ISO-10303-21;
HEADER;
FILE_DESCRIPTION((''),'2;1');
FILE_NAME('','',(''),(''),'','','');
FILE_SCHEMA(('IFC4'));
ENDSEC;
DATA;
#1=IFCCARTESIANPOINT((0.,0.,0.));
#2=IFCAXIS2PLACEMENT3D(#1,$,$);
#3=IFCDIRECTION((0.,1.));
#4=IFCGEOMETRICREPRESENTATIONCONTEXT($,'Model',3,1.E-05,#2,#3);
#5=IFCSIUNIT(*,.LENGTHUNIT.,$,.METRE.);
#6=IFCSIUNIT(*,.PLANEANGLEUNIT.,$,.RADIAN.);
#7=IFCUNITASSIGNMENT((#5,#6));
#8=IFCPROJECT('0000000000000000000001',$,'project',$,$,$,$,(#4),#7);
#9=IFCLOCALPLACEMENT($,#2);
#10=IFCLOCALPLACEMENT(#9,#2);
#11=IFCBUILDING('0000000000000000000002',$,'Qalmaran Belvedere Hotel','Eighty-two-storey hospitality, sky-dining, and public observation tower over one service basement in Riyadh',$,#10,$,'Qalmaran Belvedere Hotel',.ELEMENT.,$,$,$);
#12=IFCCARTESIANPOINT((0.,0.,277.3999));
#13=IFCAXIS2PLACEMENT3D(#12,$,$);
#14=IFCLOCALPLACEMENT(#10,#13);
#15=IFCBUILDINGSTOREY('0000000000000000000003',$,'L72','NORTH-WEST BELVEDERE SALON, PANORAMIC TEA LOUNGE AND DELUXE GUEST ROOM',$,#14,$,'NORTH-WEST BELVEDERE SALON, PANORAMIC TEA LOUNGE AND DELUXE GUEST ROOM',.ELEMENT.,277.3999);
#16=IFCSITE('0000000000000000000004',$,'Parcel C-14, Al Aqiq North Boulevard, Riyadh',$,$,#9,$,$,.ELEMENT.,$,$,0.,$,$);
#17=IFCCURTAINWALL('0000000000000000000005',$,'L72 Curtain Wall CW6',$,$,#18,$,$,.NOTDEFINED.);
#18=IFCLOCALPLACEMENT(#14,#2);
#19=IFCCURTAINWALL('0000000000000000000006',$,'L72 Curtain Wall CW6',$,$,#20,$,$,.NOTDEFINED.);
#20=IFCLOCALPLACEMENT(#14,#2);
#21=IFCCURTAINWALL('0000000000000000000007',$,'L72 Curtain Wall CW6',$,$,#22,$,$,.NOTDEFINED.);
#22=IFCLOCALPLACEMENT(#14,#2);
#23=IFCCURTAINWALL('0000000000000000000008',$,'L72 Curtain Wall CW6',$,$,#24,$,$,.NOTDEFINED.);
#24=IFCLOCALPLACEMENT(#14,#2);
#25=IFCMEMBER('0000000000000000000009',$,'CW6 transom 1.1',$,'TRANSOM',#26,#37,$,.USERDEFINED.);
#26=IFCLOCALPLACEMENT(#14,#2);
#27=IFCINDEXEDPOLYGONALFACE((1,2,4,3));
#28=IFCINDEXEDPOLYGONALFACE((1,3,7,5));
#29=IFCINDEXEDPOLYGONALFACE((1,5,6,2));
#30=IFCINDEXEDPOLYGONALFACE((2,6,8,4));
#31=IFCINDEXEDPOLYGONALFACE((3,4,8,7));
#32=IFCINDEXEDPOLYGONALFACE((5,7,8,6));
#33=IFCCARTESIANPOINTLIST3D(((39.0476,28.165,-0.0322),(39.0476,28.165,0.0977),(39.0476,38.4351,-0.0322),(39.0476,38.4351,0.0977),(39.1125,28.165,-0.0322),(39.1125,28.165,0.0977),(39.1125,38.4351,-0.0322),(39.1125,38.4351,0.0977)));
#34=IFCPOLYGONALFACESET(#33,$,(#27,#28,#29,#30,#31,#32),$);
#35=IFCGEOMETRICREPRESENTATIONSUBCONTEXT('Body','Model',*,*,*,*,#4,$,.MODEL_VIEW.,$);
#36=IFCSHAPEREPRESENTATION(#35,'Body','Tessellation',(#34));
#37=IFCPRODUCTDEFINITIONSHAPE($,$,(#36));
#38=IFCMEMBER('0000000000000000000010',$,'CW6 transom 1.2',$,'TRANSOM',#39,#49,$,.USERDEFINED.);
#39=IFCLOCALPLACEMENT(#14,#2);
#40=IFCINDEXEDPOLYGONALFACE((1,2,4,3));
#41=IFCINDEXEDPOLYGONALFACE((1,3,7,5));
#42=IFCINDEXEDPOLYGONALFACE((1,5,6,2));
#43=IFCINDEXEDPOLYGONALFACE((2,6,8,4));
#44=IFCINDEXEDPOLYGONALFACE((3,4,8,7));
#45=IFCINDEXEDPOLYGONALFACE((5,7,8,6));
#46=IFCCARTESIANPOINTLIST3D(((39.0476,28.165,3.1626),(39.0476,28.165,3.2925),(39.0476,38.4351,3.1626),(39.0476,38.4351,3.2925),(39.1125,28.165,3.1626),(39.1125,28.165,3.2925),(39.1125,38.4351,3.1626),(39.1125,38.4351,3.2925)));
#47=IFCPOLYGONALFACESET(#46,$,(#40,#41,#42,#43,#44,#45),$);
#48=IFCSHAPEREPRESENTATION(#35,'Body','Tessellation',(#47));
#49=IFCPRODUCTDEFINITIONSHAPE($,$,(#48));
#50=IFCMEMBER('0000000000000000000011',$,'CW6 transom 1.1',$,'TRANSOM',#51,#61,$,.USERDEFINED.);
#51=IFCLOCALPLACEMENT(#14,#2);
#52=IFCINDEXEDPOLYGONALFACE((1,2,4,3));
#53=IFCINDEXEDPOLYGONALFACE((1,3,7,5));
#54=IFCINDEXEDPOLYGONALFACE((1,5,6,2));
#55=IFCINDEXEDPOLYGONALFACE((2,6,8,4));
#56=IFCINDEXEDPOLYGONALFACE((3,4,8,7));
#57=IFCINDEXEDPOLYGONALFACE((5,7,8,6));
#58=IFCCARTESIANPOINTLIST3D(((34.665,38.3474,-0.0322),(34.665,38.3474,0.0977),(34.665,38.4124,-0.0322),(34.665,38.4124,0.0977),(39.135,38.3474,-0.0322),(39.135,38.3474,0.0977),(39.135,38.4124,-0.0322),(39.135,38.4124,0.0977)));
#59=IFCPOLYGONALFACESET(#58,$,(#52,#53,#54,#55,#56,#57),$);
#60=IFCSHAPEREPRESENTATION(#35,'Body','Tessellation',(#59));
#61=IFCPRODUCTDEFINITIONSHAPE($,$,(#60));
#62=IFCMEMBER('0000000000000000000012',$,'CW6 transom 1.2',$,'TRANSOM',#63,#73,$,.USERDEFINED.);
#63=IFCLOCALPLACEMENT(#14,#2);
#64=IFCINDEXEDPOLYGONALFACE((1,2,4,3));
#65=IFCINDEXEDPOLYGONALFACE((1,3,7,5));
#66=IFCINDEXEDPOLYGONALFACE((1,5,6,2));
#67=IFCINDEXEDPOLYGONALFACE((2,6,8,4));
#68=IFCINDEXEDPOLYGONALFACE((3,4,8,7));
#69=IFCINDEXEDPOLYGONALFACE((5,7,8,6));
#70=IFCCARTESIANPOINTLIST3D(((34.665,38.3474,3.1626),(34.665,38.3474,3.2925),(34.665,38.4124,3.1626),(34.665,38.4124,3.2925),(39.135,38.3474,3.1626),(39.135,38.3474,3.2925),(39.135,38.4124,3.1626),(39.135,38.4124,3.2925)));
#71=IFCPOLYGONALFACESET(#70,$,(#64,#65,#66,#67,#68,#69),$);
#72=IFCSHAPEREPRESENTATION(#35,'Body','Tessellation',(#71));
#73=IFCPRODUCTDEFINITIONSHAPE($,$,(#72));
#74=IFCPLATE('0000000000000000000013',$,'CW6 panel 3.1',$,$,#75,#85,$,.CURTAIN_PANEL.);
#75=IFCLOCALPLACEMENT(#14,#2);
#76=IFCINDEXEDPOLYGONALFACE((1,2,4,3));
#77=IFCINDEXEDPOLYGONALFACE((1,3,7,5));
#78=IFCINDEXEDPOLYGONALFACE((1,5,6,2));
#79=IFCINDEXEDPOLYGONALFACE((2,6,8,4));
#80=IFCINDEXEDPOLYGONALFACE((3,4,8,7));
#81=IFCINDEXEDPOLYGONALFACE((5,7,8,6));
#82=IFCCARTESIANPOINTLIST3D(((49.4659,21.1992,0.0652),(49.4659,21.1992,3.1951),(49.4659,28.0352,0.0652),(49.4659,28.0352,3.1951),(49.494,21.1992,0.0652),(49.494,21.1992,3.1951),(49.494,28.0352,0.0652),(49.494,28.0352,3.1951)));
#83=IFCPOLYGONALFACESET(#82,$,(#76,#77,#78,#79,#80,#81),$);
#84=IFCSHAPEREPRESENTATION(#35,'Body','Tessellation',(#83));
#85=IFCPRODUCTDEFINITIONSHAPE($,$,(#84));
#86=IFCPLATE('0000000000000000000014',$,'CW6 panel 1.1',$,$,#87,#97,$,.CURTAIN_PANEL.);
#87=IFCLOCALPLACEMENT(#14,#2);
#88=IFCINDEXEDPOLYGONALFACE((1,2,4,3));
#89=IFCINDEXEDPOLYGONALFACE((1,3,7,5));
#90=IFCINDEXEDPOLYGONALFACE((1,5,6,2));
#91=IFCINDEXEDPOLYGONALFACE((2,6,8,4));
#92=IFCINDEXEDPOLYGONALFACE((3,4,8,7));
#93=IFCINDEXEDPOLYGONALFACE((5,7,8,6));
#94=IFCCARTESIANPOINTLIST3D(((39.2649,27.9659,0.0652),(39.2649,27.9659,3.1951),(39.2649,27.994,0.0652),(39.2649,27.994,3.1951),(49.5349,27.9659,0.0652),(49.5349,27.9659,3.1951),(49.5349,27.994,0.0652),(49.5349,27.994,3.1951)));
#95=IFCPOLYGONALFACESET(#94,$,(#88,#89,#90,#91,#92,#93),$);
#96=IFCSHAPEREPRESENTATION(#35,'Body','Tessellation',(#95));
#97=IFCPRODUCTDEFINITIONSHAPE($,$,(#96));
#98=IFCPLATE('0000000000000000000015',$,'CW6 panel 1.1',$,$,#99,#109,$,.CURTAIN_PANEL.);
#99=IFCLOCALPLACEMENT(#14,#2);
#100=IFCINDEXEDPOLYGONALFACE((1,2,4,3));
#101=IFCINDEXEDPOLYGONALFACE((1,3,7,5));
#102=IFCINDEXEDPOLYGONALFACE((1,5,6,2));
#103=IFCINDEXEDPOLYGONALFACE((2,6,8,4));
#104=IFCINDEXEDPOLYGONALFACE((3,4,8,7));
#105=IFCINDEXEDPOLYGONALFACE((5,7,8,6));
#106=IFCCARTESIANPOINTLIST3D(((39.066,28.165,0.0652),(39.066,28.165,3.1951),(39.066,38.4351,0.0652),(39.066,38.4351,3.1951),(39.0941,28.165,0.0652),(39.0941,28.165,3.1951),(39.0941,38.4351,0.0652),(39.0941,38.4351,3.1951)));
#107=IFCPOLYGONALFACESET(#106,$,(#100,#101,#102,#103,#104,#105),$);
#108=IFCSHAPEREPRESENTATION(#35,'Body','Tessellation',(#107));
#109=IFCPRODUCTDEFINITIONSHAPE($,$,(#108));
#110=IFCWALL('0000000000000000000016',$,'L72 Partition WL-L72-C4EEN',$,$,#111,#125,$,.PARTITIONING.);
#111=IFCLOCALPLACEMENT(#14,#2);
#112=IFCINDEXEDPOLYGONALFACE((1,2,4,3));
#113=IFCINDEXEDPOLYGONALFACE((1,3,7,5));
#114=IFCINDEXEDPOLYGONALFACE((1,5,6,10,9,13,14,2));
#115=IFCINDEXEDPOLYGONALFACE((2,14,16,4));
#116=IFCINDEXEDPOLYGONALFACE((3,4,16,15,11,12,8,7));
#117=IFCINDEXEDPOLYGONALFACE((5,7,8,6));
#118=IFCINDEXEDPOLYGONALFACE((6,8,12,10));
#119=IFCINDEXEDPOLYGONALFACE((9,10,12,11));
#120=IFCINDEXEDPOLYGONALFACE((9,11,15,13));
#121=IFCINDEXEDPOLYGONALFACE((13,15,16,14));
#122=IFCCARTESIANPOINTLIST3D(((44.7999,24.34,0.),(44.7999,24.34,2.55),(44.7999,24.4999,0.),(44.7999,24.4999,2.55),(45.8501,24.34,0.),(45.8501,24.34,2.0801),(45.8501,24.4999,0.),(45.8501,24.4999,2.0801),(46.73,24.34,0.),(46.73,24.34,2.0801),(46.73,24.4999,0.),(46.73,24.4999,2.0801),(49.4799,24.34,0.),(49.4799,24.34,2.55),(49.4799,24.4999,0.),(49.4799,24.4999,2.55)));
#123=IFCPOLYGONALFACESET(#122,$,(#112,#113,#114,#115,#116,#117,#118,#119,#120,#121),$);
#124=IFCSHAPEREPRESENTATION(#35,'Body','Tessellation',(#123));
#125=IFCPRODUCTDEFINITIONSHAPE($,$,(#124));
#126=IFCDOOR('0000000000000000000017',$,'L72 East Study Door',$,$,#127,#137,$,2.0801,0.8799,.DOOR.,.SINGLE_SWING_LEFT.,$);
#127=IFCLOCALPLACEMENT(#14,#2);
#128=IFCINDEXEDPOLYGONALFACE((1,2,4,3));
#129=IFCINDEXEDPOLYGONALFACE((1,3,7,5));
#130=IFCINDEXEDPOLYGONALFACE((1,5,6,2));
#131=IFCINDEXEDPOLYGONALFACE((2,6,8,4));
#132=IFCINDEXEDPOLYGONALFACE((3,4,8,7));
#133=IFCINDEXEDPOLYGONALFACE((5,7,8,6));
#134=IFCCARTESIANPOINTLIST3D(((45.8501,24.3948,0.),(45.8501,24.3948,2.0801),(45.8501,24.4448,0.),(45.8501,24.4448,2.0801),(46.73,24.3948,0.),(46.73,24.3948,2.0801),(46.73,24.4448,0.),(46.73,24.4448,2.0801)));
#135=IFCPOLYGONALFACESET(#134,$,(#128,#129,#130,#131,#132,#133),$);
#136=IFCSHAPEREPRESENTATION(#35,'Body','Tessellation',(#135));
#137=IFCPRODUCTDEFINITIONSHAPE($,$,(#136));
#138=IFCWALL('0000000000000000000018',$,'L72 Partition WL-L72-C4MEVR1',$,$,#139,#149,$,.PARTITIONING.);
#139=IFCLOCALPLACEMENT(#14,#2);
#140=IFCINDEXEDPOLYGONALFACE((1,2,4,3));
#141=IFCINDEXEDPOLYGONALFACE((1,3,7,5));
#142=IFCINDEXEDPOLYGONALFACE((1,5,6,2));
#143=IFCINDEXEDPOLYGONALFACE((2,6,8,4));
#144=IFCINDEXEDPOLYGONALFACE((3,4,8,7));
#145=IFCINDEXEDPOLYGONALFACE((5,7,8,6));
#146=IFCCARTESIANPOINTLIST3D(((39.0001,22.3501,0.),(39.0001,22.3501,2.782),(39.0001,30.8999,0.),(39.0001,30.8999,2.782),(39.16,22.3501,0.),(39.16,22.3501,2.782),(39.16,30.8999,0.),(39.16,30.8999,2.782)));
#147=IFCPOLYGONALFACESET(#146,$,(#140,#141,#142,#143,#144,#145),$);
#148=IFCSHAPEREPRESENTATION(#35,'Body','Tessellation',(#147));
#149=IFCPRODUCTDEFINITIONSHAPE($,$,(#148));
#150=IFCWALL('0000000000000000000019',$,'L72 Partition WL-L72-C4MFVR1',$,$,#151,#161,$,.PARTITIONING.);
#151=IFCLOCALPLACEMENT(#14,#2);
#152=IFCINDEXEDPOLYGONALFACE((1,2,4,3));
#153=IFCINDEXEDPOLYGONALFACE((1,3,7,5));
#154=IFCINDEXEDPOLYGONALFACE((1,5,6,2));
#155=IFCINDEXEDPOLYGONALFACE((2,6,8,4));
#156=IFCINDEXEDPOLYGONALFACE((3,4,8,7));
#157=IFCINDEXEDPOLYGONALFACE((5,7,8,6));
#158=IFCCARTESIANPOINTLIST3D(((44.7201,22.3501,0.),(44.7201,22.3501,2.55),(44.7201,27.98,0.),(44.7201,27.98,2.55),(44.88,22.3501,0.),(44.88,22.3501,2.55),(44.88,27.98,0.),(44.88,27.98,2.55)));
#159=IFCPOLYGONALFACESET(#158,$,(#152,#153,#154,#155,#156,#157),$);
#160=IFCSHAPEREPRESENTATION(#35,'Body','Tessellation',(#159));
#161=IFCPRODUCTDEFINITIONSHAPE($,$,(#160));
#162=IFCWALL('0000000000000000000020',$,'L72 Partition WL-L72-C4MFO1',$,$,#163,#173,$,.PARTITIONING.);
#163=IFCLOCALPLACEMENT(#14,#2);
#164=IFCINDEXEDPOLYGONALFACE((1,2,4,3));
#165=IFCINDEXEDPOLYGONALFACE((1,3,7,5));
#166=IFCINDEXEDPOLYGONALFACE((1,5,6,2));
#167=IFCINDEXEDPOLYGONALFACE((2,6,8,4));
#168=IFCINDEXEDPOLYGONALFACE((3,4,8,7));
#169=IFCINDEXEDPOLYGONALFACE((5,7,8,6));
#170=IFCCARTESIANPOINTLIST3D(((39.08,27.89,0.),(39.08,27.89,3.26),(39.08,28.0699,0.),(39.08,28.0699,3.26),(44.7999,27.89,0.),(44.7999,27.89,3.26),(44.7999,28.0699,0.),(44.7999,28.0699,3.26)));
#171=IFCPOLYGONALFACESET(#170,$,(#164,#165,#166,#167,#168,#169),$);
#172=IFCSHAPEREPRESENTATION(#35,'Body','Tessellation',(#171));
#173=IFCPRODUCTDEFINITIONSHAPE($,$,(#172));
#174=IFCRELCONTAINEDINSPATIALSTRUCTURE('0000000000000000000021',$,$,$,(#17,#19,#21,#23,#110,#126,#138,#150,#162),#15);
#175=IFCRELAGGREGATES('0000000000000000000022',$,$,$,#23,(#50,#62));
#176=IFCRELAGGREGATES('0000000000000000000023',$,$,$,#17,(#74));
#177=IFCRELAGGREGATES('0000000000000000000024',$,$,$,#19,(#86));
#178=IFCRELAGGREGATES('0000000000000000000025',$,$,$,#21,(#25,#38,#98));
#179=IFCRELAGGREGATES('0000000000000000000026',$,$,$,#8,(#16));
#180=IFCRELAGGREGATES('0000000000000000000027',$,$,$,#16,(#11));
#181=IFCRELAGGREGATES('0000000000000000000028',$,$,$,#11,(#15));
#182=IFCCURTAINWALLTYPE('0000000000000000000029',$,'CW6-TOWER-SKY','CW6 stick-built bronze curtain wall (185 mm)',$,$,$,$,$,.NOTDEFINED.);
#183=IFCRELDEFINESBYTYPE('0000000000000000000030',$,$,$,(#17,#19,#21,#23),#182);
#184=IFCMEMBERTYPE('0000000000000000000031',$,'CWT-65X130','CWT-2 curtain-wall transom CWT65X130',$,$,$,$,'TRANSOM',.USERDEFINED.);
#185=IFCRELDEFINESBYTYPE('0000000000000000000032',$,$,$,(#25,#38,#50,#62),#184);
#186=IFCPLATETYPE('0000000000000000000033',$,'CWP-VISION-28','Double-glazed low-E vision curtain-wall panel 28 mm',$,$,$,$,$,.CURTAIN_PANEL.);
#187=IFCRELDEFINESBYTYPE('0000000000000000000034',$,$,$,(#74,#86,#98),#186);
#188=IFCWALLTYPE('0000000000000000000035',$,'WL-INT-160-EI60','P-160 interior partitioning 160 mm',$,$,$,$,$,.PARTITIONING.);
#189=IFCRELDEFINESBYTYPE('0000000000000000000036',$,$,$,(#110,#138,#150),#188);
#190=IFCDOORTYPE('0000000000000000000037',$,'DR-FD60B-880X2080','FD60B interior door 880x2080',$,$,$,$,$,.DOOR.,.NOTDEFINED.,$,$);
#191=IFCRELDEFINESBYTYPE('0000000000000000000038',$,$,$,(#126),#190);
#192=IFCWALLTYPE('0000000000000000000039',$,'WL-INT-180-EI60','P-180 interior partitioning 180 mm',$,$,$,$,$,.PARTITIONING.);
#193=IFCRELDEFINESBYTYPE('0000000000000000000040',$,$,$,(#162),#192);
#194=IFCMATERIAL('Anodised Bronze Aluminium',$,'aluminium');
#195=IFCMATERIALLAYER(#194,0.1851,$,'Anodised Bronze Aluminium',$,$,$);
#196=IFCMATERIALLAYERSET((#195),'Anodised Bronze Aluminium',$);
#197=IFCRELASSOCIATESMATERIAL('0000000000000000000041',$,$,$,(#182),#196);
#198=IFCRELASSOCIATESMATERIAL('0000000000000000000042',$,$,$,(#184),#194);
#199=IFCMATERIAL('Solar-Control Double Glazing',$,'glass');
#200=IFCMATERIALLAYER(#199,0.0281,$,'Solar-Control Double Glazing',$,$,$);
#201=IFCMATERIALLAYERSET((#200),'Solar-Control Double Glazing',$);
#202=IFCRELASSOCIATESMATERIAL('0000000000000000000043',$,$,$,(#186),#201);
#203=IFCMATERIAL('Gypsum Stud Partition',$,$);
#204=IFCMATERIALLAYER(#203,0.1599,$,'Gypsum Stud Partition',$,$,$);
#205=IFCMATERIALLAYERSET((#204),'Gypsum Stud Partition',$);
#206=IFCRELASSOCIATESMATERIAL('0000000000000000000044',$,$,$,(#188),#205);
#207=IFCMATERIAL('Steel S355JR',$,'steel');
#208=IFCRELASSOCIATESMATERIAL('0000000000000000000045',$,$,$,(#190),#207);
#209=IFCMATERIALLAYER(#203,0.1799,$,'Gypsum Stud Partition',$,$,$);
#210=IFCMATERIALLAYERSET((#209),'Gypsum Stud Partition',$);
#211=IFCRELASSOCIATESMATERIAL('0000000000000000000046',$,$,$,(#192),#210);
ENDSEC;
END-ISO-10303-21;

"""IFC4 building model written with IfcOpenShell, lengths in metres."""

from ifc_helpers import new_model, si_unit, direction, frame, frame_2d, origin, origin_2d, place, context, subcontext, project, spatial, rectangle, extrude, material, layer, layer_set, material_profile, profile_set, type_object, element, fill, aggregate, save


model = new_model("IFC4")

# Units and contexts
model_context = context("Model", 3, precision=1e-05, world=origin(), true_north=direction((0.0, 1.0)))
body_context = subcontext(model_context, "Body", "Model", "MODEL_VIEW")
ifc_project = project(units=[si_unit("LENGTHUNIT", "METRE"), si_unit("PLANEANGLEUNIT", "RADIAN")], contexts=[model_context])

# Site, building, storey
site_placement = place(None, origin())
site = spatial("IfcSite", under=ifc_project, at=site_placement, Name="Parcel C-14, Al Aqiq North Boulevard, Riyadh", CompositionType="ELEMENT", RefElevation=0.0)
building_placement = place(site_placement, origin())
building = spatial("IfcBuilding", under=site, at=building_placement, Name="Qalmaran Belvedere Hotel", Description="Eighty-two-storey hospitality, sky-dining, and public observation tower over one service basement in Riyadh", LongName="Qalmaran Belvedere Hotel", CompositionType="ELEMENT")
storey_placement = place(building_placement, frame((0.0, 0.0, 277.3999)))
storey = spatial("IfcBuildingStorey", under=building, at=storey_placement, Name="L72", Description="NORTH-WEST BELVEDERE SALON, PANORAMIC TEA LOUNGE AND DELUXE GUEST ROOM", LongName="NORTH-WEST BELVEDERE SALON, PANORAMIC TEA LOUNGE AND DELUXE GUEST ROOM", CompositionType="ELEMENT", Elevation=277.3999)

# Shared definitions
ifc_material_1 = material(Name="Steel S355JR", Category="steel")

# Curtain walls
ifc_material_2 = material(Name="Anodised Bronze Aluminium", Category="aluminium")
ifc_layer_1 = layer(ifc_material_2, 0.1851, Name="Anodised Bronze Aluminium")
ifc_layer_set_1 = layer_set([ifc_layer_1], Name="Anodised Bronze Aluminium")
curtain_wall_type = type_object("IfcCurtainWallType", Name="CW6-TOWER-SKY", Description="CW6 stick-built bronze curtain wall (185 mm)", PredefinedType="NOTDEFINED", material=ifc_layer_set_1)
curtain_wall_1_placement = place(storey_placement, origin())
curtain_wall_1 = element("IfcCurtainWall", 1, at=curtain_wall_1_placement, inside=storey, type_object=curtain_wall_type, Name="L72 Curtain Wall CW6", PredefinedType="NOTDEFINED")
curtain_wall_2_placement = place(storey_placement, origin())
curtain_wall_2 = element("IfcCurtainWall", 2, at=curtain_wall_2_placement, inside=storey, type_object=curtain_wall_type, Name="L72 Curtain Wall CW6", PredefinedType="NOTDEFINED")
curtain_wall_3_placement = place(storey_placement, origin())
curtain_wall_3 = element("IfcCurtainWall", 3, at=curtain_wall_3_placement, inside=storey, type_object=curtain_wall_type, Name="L72 Curtain Wall CW6", PredefinedType="NOTDEFINED")

# Curtain wall
curtain_wall_4_placement = place(storey_placement, origin())
curtain_wall_4 = element("IfcCurtainWall", 4, at=curtain_wall_4_placement, inside=storey, type_object=curtain_wall_type, Name="L72 Curtain Wall CW6", PredefinedType="NOTDEFINED")

# Members
ifc_material_profile_1 = material_profile(ifc_material_2, rectangle(XDim=0.0649, YDim=0.1299, at=origin_2d()), Name="CWT65X130")
ifc_profile_set_1 = profile_set([ifc_material_profile_1], Name="Anodised Bronze Aluminium")
member_type_1 = type_object("IfcMemberType", Name="CWT-65X130", Description="CWT-2 curtain-wall transom CWT65X130", ElementType="TRANSOM", PredefinedType="USERDEFINED", material=ifc_profile_set_1)
member_1_placement = place(storey_placement, frame((39.0801, 28.165, 0.0327), z_axis=(0.0, 1.0, 0.0), x_axis=(-1.0, 0.0, 0.0)))
member_1 = element("IfcMember", 5, at=member_1_placement, type_object=member_type_1, Name="CW6 transom 1.1", ObjectType="TRANSOM", PredefinedType="USERDEFINED", context=body_context, shape_type="SweptSolid", body=[
    extrude(rectangle(XDim=0.0649, YDim=0.1299, at=origin_2d()), origin(), (0.0, 0.0, 1.0), 10.27),
])
member_2_placement = place(storey_placement, frame((39.0801, 28.165, 3.2275), z_axis=(0.0, 1.0, 0.0), x_axis=(-1.0, 0.0, 0.0)))
member_2 = element("IfcMember", 6, at=member_2_placement, type_object=member_type_1, Name="CW6 transom 1.2", ObjectType="TRANSOM", PredefinedType="USERDEFINED", context=body_context, shape_type="SweptSolid", body=[
    extrude(rectangle(XDim=0.0649, YDim=0.1299, at=origin_2d()), origin(), (0.0, 0.0, 1.0), 10.27),
])
member_3_placement = place(storey_placement, frame((39.135, 38.3799, 0.0327), z_axis=(-1.0, 0.0, 0.0), x_axis=(0.0, -1.0, 0.0)))
member_3 = element("IfcMember", 7, at=member_3_placement, type_object=member_type_1, Name="CW6 transom 1.1", ObjectType="TRANSOM", PredefinedType="USERDEFINED", context=body_context, shape_type="SweptSolid", body=[
    extrude(rectangle(XDim=0.0649, YDim=0.1299, at=origin_2d()), origin(), (0.0, 0.0, 1.0), 4.47),
])
member_4_placement = place(storey_placement, frame((39.135, 38.3799, 3.2275), z_axis=(-1.0, 0.0, 0.0), x_axis=(0.0, -1.0, 0.0)))
member_4 = element("IfcMember", 8, at=member_4_placement, type_object=member_type_1, Name="CW6 transom 1.2", ObjectType="TRANSOM", PredefinedType="USERDEFINED", context=body_context, shape_type="SweptSolid", body=[
    extrude(rectangle(XDim=0.0649, YDim=0.1299, at=origin_2d()), origin(), (0.0, 0.0, 1.0), 4.47),
])
aggregate(curtain_wall_4, [member_3, member_4])

# Plates
ifc_material_3 = material(Name="Solar-Control Double Glazing", Category="glass")
ifc_layer_2 = layer(ifc_material_3, 0.0281, Name="Solar-Control Double Glazing")
ifc_layer_set_2 = layer_set([ifc_layer_2], Name="Solar-Control Double Glazing")
plate_type = type_object("IfcPlateType", Name="CWP-VISION-28", Description="Double-glazed low-E vision curtain-wall panel 28 mm", PredefinedType="CURTAIN_PANEL", material=ifc_layer_set_2)
plate_1_placement = place(storey_placement, frame((49.48, 24.6172, 0.0652), z_axis=(0.0, 0.0, 1.0), x_axis=(0.0, 1.0, 0.0)))
plate_1 = element("IfcPlate", 9, at=plate_1_placement, type_object=plate_type, Name="CW6 panel 3.1", PredefinedType="CURTAIN_PANEL", context=body_context, shape_type="SweptSolid", body=[
    extrude(rectangle(XDim=6.8359, YDim=0.0281, at=origin_2d()), origin(), (0.0, 0.0, 1.0), 3.1299),
])
aggregate(curtain_wall_1, [plate_1])
plate_2_placement = place(storey_placement, frame((44.3999, 27.98, 0.0652), z_axis=(0.0, 0.0, 1.0), x_axis=(-1.0, 0.0, 0.0)))
plate_2 = element("IfcPlate", 10, at=plate_2_placement, type_object=plate_type, Name="CW6 panel 1.1", PredefinedType="CURTAIN_PANEL", context=body_context, shape_type="SweptSolid", body=[
    extrude(rectangle(XDim=10.27, YDim=0.0281, at=origin_2d()), origin(), (0.0, 0.0, 1.0), 3.1299),
])
aggregate(curtain_wall_2, [plate_2])
plate_3_placement = place(storey_placement, frame((39.0801, 33.3, 0.0652), z_axis=(0.0, 0.0, 1.0), x_axis=(0.0, 1.0, 0.0)))
plate_3 = element("IfcPlate", 11, at=plate_3_placement, type_object=plate_type, Name="CW6 panel 1.1", PredefinedType="CURTAIN_PANEL", context=body_context, shape_type="SweptSolid", body=[
    extrude(rectangle(XDim=10.27, YDim=0.0281, at=origin_2d()), origin(), (0.0, 0.0, 1.0), 3.1299),
])
aggregate(curtain_wall_3, [member_1, member_2, plate_3])

# Wall, opening, door
ifc_material_4 = material(Name="Gypsum Stud Partition")
ifc_layer_3 = layer(ifc_material_4, 0.1599, Name="Gypsum Stud Partition")
ifc_layer_set_3 = layer_set([ifc_layer_3], Name="Gypsum Stud Partition")
wall_type_1 = type_object("IfcWallType", Name="WL-INT-160-EI60", Description="P-160 interior partitioning 160 mm", PredefinedType="PARTITIONING", material=ifc_layer_set_3)
wall_1_placement = place(storey_placement, frame((44.8, 24.4199, 0.0), z_axis=(0.0, 0.0, 1.0), x_axis=(1.0, 0.0, 0.0)))
wall_1 = element("IfcWall", 12, at=wall_1_placement, inside=storey, type_object=wall_type_1, Name="L72 Partition WL-L72-C4EEN", PredefinedType="PARTITIONING", context=body_context, shape_type="SweptSolid", body=[
    extrude(rectangle(XDim=4.6799, YDim=0.1599, at=frame_2d((2.3398, 0.0))), origin(), (0.0, 0.0, 1.0), 2.55),
])
opening_1_placement = place(wall_1_placement, frame((1.05, 0.0, 0.0)))
opening_1 = element("IfcOpeningElement", 13, at=opening_1_placement, cuts=wall_1, PredefinedType="OPENING", context=body_context, shape_type="SweptSolid", body=[
    extrude(rectangle(XDim=0.8799, YDim=2.0801, at=frame_2d((0.4399, 1.04))), frame((0.0, 0.0898, 0.0), z_axis=(0.0, -1.0, 0.0), x_axis=(1.0, 0.0, 0.0)), (0.0, 0.0, 1.0), 0.1799),
])
door_type_1 = type_object("IfcDoorType", Name="DR-FD60B-880X2080", Description="FD60B interior door 880x2080", OperationType="NOTDEFINED", PredefinedType="DOOR", material=ifc_material_1)
door_1_placement = place(opening_1_placement, origin())
door_1 = element("IfcDoor", 14, at=door_1_placement, inside=storey, type_object=door_type_1, Name="L72 East Study Door", OperationType="SINGLE_SWING_LEFT", OverallHeight=2.0801, OverallWidth=0.8799, PredefinedType="DOOR", context=body_context, shape_type="SweptSolid", body=[
    extrude(rectangle(XDim=0.8799, YDim=2.0801, at=frame_2d((0.4399, 1.04))), frame((0.0, 0.0249, 0.0), z_axis=(0.0, -1.0, 0.0), x_axis=(1.0, 0.0, 0.0)), (0.0, 0.0, 1.0), 0.05),
])
fill(opening_1, door_1)

# Walls
wall_2_placement = place(storey_placement, frame((39.0801, 22.3501, 0.0), z_axis=(0.0, 0.0, 1.0), x_axis=(0.0, 1.0, 0.0)))
element("IfcWall", 15, at=wall_2_placement, inside=storey, type_object=wall_type_1, Name="L72 Partition WL-L72-C4MEVR1", PredefinedType="PARTITIONING", context=body_context, shape_type="SweptSolid", body=[
    extrude(rectangle(XDim=8.5498, YDim=0.1599, at=frame_2d((4.2749, 0.0))), origin(), (0.0, 0.0, 1.0), 2.782),
])
wall_3_placement = place(storey_placement, frame((44.8, 22.3501, 0.0), z_axis=(0.0, 0.0, 1.0), x_axis=(0.0, 1.0, 0.0)))
element("IfcWall", 16, at=wall_3_placement, inside=storey, type_object=wall_type_1, Name="L72 Partition WL-L72-C4MFVR1", PredefinedType="PARTITIONING", context=body_context, shape_type="SweptSolid", body=[
    extrude(rectangle(XDim=5.6299, YDim=0.1599, at=frame_2d((2.8149, 0.0))), origin(), (0.0, 0.0, 1.0), 2.55),
])

# Shared definitions
ifc_layer_4 = layer(ifc_material_4, 0.1799, Name="Gypsum Stud Partition")
ifc_layer_set_4 = layer_set([ifc_layer_4], Name="Gypsum Stud Partition")
wall_type_2 = type_object("IfcWallType", Name="WL-INT-180-EI60", Description="P-180 interior partitioning 180 mm", PredefinedType="PARTITIONING", material=ifc_layer_set_4)

# Wall
wall_4_placement = place(storey_placement, frame((39.0801, 27.98, 0.0), z_axis=(0.0, 0.0, 1.0), x_axis=(1.0, 0.0, 0.0)))
element("IfcWall", 17, at=wall_4_placement, inside=storey, type_object=wall_type_2, Name="L72 Partition WL-L72-C4MFO1", PredefinedType="PARTITIONING", context=body_context, shape_type="SweptSolid", body=[
    extrude(rectangle(XDim=5.72, YDim=0.1799, at=frame_2d((2.8599, 0.0))), origin(), (0.0, 0.0, 1.0), 3.26),
])

save(model, "model.ifc")
